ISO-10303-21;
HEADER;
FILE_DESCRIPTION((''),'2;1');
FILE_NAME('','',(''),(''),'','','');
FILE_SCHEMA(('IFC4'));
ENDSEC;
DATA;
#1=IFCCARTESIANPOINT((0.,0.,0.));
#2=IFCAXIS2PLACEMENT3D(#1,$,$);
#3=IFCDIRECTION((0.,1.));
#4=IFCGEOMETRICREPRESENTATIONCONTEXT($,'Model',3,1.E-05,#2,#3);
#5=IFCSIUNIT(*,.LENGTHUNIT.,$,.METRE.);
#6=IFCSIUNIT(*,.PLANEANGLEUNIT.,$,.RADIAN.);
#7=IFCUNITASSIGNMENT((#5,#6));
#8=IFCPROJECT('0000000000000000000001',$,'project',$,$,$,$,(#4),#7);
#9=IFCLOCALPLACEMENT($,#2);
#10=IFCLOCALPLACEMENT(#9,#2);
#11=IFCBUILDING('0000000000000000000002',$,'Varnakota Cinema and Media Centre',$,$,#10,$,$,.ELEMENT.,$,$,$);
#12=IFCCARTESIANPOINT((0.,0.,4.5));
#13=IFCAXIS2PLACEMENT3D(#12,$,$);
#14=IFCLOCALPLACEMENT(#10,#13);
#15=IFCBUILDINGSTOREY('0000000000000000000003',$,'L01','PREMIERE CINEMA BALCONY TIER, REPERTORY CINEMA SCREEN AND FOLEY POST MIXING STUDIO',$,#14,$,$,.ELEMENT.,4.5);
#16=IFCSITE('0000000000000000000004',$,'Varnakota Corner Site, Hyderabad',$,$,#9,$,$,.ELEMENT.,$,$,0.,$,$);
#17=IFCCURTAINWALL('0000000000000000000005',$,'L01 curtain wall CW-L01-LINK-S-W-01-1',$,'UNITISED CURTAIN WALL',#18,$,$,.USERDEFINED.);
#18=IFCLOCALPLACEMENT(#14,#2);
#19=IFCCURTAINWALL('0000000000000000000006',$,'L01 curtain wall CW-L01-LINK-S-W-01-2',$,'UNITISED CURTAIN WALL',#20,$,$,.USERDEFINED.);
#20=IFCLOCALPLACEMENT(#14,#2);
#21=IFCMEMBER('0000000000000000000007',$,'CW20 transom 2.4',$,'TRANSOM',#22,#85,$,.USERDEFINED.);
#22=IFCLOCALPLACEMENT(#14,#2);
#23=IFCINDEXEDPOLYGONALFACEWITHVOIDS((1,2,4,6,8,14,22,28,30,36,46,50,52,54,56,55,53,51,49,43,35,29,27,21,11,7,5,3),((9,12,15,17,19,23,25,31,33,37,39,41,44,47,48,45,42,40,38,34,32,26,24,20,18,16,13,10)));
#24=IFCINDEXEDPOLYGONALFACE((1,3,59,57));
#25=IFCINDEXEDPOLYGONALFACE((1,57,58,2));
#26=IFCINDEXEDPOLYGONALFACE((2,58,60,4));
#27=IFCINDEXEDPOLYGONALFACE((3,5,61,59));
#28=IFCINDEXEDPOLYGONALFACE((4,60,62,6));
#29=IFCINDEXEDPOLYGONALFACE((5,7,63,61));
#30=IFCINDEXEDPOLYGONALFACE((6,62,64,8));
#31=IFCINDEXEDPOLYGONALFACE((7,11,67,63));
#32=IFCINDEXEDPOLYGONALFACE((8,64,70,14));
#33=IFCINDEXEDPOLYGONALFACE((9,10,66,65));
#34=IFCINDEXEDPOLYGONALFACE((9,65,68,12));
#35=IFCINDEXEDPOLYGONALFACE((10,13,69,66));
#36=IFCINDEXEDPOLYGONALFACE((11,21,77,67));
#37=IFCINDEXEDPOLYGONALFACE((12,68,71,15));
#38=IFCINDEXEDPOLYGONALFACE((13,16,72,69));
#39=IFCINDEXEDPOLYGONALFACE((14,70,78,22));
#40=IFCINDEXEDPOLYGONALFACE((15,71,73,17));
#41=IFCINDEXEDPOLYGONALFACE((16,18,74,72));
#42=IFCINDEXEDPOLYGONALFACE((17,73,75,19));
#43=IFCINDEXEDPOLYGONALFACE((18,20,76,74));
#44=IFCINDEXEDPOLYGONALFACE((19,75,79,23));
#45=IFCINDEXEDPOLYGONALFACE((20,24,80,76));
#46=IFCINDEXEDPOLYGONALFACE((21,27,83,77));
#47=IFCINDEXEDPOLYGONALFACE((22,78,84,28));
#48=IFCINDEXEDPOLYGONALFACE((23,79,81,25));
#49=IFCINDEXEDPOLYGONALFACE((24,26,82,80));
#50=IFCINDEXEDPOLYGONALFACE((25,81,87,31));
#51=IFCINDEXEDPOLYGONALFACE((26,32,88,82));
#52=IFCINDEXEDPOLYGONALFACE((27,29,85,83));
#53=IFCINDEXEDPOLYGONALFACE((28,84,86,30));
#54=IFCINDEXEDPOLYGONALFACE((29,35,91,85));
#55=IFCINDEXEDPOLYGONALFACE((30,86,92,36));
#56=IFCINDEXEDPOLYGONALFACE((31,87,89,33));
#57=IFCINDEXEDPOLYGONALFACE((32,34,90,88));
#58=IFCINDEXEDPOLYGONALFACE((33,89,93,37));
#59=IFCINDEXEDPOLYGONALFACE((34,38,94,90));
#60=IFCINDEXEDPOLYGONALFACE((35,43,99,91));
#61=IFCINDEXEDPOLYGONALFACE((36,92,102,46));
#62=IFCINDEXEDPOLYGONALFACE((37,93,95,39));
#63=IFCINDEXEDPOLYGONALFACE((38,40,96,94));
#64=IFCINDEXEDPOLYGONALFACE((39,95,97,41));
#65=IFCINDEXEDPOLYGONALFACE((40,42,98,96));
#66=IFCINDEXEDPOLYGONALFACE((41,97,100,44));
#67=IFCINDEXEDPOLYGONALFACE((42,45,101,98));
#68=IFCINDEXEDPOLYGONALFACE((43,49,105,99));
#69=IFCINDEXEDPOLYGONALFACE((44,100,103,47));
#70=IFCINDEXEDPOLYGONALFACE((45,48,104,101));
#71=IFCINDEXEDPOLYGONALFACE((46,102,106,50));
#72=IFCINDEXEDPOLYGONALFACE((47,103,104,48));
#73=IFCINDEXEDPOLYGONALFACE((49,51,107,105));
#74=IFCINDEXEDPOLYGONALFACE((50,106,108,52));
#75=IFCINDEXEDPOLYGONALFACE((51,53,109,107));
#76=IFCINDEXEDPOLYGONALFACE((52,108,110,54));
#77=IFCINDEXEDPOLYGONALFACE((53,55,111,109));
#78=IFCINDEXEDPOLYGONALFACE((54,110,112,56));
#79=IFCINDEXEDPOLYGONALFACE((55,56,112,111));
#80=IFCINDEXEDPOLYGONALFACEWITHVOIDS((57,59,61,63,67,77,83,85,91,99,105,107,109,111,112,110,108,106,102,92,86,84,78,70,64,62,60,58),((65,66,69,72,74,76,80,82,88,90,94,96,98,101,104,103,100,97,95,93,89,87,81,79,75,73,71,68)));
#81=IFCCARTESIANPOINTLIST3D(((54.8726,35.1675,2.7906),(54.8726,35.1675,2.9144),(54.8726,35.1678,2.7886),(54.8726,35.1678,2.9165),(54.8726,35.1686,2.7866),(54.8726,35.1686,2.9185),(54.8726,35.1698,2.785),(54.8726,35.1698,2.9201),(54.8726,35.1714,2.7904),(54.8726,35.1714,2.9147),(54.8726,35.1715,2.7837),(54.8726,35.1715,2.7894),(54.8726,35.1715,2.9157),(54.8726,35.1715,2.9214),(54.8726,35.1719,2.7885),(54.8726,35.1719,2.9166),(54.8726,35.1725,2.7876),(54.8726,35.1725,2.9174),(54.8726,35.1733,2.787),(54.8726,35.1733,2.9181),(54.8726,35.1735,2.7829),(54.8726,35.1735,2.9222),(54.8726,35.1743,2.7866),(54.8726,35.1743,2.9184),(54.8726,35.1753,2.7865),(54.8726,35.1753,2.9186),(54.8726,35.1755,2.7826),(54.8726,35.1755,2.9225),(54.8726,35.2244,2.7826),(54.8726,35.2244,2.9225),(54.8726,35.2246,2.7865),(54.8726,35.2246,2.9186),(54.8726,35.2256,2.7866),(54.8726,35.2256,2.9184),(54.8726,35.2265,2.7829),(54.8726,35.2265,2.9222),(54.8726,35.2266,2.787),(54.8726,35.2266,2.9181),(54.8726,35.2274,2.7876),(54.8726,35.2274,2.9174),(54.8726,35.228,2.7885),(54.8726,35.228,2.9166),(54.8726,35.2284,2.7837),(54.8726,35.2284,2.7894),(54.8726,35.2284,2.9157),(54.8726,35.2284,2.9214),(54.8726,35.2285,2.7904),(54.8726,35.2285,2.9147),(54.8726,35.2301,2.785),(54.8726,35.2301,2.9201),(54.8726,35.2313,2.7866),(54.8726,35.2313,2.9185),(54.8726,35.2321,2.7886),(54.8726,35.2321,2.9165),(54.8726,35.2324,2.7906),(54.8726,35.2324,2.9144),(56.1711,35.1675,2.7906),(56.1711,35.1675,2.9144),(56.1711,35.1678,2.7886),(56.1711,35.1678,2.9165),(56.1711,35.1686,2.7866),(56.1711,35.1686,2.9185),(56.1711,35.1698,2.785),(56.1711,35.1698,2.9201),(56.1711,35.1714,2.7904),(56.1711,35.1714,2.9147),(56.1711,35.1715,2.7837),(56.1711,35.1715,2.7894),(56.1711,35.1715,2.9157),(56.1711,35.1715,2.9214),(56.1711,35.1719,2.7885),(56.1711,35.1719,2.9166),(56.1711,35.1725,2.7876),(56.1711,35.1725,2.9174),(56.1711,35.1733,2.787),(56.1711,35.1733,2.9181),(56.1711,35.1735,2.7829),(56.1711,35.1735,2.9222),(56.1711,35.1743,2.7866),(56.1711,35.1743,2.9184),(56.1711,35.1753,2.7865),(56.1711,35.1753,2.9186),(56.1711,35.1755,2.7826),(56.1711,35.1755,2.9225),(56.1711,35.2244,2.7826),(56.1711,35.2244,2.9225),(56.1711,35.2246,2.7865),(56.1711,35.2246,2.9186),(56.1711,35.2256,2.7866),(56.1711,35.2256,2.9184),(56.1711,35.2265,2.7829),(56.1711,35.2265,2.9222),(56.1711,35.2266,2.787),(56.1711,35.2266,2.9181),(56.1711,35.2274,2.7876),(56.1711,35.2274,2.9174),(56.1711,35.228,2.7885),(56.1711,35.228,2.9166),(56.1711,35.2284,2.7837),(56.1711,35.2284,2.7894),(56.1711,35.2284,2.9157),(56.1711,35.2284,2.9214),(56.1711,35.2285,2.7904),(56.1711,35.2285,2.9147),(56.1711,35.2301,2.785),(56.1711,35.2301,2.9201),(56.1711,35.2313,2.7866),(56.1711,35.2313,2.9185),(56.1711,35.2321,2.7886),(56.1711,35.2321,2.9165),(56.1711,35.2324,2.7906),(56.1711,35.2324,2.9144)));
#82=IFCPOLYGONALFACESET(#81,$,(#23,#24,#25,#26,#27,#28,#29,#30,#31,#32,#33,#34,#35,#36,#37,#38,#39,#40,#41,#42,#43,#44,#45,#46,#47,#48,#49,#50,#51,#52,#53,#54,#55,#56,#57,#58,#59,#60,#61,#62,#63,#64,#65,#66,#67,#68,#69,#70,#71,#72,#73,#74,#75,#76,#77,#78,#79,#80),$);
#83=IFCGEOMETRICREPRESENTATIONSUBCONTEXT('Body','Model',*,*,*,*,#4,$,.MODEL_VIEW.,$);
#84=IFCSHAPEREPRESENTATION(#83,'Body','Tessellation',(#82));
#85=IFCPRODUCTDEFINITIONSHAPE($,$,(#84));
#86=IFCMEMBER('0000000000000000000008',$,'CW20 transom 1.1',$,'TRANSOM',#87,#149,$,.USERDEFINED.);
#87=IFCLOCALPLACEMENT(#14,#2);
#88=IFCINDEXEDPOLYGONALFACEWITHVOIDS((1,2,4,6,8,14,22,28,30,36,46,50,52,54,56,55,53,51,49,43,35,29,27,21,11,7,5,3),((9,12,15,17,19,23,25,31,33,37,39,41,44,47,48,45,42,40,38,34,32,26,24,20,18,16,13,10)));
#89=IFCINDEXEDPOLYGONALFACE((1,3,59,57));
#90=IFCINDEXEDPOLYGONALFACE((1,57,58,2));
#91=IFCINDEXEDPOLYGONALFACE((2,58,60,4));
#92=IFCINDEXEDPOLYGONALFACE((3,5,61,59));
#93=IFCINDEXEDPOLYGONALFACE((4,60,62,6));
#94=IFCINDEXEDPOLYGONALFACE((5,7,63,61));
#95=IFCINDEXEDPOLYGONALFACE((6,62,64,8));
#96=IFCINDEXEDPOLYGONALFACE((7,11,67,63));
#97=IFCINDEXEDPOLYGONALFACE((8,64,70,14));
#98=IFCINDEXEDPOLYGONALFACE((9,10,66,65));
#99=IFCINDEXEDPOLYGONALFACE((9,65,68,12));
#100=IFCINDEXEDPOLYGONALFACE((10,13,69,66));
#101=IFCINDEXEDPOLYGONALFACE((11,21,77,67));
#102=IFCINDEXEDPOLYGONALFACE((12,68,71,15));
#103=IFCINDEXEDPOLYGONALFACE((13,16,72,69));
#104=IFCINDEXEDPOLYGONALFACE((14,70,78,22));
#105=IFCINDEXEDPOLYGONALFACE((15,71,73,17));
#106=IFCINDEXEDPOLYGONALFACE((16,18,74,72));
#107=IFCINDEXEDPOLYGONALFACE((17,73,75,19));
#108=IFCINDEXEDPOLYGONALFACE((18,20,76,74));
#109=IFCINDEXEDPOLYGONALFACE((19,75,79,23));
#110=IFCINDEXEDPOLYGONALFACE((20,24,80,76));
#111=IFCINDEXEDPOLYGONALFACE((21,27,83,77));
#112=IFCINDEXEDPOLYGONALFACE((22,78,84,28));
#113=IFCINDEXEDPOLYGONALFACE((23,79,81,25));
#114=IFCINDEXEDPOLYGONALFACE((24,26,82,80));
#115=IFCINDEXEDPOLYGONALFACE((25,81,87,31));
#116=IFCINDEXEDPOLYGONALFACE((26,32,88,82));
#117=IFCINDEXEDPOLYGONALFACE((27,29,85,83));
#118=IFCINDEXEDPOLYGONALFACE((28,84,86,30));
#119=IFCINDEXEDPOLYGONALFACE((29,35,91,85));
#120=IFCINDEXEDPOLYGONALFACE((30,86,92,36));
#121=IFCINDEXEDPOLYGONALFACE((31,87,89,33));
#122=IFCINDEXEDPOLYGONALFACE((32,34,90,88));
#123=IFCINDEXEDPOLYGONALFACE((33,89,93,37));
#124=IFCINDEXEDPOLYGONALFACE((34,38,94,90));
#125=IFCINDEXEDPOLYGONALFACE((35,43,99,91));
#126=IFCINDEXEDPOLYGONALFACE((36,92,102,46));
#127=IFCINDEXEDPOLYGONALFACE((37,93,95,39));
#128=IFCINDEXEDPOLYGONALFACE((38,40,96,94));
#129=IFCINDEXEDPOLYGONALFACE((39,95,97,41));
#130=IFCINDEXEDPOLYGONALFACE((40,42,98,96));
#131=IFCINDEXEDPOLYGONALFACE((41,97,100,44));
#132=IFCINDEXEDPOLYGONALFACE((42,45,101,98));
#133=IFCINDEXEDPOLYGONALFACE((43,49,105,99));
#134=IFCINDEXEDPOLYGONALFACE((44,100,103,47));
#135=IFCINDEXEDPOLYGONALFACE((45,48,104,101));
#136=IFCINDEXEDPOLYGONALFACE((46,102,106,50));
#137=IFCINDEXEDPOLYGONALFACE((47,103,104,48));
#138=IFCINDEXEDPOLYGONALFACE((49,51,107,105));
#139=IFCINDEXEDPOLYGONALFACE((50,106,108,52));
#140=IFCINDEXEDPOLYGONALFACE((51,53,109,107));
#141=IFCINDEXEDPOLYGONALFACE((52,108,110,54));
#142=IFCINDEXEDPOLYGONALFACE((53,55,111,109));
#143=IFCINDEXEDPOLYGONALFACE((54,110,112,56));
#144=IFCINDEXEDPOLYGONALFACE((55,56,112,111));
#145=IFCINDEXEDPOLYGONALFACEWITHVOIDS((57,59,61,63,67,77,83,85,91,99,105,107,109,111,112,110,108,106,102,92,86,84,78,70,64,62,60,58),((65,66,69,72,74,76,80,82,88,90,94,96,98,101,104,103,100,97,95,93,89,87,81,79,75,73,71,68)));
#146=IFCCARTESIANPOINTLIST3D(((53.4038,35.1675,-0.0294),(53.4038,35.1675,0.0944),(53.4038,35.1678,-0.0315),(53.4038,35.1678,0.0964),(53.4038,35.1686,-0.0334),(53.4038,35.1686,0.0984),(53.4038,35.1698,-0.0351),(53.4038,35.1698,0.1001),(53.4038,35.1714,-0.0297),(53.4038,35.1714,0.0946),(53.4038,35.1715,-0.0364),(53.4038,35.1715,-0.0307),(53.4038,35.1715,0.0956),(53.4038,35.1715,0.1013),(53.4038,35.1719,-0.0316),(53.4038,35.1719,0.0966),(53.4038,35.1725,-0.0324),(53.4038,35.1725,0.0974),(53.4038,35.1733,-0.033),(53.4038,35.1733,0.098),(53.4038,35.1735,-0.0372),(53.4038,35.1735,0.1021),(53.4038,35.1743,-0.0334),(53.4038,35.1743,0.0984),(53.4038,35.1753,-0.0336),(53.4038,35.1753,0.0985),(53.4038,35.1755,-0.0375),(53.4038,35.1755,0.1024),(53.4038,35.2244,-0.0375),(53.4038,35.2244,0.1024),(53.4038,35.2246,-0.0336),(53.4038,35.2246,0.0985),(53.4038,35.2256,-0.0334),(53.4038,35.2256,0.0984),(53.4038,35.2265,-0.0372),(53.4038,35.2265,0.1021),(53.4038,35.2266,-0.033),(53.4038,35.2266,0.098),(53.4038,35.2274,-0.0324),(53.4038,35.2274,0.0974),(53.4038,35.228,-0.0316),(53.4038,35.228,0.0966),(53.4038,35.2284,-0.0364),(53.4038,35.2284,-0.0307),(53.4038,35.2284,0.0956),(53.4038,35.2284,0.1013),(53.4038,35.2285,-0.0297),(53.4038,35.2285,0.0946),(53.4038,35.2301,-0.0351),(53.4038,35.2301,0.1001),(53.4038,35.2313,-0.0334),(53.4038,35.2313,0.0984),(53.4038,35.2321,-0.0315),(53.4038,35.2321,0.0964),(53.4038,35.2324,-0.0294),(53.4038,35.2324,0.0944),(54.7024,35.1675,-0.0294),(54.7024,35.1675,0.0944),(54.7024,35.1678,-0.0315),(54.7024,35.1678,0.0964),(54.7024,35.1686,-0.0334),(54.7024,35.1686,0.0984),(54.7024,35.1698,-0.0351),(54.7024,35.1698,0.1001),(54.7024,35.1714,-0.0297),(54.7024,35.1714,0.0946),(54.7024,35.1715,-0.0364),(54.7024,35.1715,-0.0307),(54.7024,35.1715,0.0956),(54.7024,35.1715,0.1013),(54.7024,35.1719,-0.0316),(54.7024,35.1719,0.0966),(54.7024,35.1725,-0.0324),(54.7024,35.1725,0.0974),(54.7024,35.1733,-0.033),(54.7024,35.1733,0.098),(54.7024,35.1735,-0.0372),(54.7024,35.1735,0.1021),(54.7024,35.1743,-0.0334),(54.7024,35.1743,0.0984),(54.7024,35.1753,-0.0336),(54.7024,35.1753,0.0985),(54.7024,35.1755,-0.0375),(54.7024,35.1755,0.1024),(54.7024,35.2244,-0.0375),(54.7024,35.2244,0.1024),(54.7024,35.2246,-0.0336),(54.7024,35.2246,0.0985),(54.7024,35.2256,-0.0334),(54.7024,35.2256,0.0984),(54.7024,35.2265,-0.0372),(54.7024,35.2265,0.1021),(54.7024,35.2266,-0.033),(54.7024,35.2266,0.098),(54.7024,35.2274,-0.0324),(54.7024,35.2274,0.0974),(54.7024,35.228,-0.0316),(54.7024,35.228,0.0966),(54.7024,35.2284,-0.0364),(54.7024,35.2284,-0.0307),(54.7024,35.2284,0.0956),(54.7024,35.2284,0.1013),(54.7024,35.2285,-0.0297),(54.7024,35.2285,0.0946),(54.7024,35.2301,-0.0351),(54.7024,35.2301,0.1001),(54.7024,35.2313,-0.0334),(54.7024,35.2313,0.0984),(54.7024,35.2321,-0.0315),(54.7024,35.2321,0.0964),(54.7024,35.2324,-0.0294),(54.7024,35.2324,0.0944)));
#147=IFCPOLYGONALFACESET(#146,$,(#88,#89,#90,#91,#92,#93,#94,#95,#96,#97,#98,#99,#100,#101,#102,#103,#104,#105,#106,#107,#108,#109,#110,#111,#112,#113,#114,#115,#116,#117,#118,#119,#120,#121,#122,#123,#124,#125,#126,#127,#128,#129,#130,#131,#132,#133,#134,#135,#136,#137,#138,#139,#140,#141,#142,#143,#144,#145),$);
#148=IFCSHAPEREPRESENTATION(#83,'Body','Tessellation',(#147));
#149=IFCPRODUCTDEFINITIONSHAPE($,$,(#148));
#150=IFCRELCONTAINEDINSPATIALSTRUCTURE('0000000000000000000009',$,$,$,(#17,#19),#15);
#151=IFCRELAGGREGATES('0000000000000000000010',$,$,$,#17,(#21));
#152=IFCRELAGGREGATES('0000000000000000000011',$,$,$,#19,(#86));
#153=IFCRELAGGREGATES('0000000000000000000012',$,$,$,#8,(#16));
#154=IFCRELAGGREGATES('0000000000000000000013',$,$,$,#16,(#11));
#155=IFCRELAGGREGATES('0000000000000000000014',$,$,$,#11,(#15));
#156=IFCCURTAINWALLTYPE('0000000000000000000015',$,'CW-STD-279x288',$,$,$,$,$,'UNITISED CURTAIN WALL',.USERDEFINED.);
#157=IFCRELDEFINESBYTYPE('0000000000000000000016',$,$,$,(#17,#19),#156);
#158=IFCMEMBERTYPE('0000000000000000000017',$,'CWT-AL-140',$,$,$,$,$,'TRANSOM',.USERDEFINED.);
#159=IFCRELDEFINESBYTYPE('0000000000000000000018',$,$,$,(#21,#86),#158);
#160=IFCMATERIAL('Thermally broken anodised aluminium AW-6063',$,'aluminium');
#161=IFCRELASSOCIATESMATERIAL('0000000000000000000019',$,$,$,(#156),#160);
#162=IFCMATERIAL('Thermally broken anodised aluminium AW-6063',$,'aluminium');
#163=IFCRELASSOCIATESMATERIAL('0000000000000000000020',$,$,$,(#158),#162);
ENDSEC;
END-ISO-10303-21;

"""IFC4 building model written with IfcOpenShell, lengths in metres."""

from ifc_helpers import new_model, si_unit, direction, frame, origin, origin_2d, place, context, subcontext, project, spatial, hollow_rectangle, extrude, material, material_profile, profile_set, type_object, element, aggregate, save


model = new_model("IFC4")

# Units and contexts
model_context = context("Model", 3, precision=1e-05, world=origin(), true_north=direction((0.0, 1.0)))
body_context = subcontext(model_context, "Body", "Model", "MODEL_VIEW")
ifc_project = project(units=[si_unit("LENGTHUNIT", "METRE"), si_unit("PLANEANGLEUNIT", "RADIAN")], contexts=[model_context])

# Site, building, storey
site_placement = place(None, origin())
site = spatial("IfcSite", under=ifc_project, at=site_placement, Name="Varnakota Corner Site, Hyderabad", CompositionType="ELEMENT", RefElevation=0.0)
building_placement = place(site_placement, origin())
building = spatial("IfcBuilding", under=site, at=building_placement, Name="Varnakota Cinema and Media Centre", CompositionType="ELEMENT")
storey_placement = place(building_placement, frame((0.0, 0.0, 4.5)))
storey = spatial("IfcBuildingStorey", under=building, at=storey_placement, Name="L01", Description="PREMIERE CINEMA BALCONY TIER, REPERTORY CINEMA SCREEN AND FOLEY POST MIXING STUDIO", CompositionType="ELEMENT", Elevation=4.5)

# Curtain walls
ifc_material_1 = material(Name="Thermally broken anodised aluminium AW-6063", Category="aluminium")
curtain_wall_type_1 = type_object("IfcCurtainWallType", Name="CW-STD-279x288", ElementType="UNITISED CURTAIN WALL", PredefinedType="USERDEFINED", material=ifc_material_1)
curtain_wall_1_placement = place(storey_placement, origin())
curtain_wall_1 = element("IfcCurtainWall", 1, at=curtain_wall_1_placement, inside=storey, type_object=curtain_wall_type_1, Name="L01 curtain wall CW-L01-LINK-S-W-01-1", ObjectType="UNITISED CURTAIN WALL", PredefinedType="USERDEFINED")
curtain_wall_2_placement = place(storey_placement, origin())
curtain_wall_2 = element("IfcCurtainWall", 2, at=curtain_wall_2_placement, inside=storey, type_object=curtain_wall_type_1, Name="L01 curtain wall CW-L01-LINK-S-W-01-2", ObjectType="UNITISED CURTAIN WALL", PredefinedType="USERDEFINED")

# Members
ifc_material_2 = material(Name="Thermally broken anodised aluminium AW-6063", Category="aluminium")
ifc_material_profile_1 = material_profile(ifc_material_2, hollow_rectangle(XDim=0.0649, YDim=0.1399, WallThickness=0.0039, InnerFilletRadius=0.0039, OuterFilletRadius=0.0081, at=origin_2d()), Name="AL-TRANSOM 140x65x4")
ifc_profile_set_1 = profile_set([ifc_material_profile_1], Name="Thermally broken anodised aluminium AW-6063")
member_type_1 = type_object("IfcMemberType", Name="CWT-AL-140", ElementType="TRANSOM", PredefinedType="USERDEFINED", material=ifc_profile_set_1)
member_1_placement = place(storey_placement, frame((56.1711, 35.2, 2.8525), z_axis=(-1.0, 0.0, 0.0), x_axis=(0.0, -1.0, 0.0)))
member_1 = element("IfcMember", 3, at=member_1_placement, type_object=member_type_1, Name="CW20 transom 2.4", ObjectType="TRANSOM", PredefinedType="USERDEFINED", context=body_context, shape_type="SweptSolid", body=[
    extrude(hollow_rectangle(XDim=0.0649, YDim=0.1399, WallThickness=0.0039, InnerFilletRadius=0.0039, OuterFilletRadius=0.0081, at=origin_2d()), origin(), (0.0, 0.0, 1.0), 1.2986),
])
member_2_placement = place(storey_placement, frame((54.7024, 35.2, 0.0325), z_axis=(-1.0, 0.0, 0.0), x_axis=(0.0, -1.0, 0.0)))
member_2 = element("IfcMember", 4, at=member_2_placement, type_object=member_type_1, Name="CW20 transom 1.1", ObjectType="TRANSOM", PredefinedType="USERDEFINED", context=body_context, shape_type="SweptSolid", body=[
    extrude(hollow_rectangle(XDim=0.0649, YDim=0.1399, WallThickness=0.0039, InnerFilletRadius=0.0039, OuterFilletRadius=0.0081, at=origin_2d()), origin(), (0.0, 0.0, 1.0), 1.2986),
])

aggregate(curtain_wall_1, [member_1])
aggregate(curtain_wall_2, [member_2])

save(model, "model.ifc")
